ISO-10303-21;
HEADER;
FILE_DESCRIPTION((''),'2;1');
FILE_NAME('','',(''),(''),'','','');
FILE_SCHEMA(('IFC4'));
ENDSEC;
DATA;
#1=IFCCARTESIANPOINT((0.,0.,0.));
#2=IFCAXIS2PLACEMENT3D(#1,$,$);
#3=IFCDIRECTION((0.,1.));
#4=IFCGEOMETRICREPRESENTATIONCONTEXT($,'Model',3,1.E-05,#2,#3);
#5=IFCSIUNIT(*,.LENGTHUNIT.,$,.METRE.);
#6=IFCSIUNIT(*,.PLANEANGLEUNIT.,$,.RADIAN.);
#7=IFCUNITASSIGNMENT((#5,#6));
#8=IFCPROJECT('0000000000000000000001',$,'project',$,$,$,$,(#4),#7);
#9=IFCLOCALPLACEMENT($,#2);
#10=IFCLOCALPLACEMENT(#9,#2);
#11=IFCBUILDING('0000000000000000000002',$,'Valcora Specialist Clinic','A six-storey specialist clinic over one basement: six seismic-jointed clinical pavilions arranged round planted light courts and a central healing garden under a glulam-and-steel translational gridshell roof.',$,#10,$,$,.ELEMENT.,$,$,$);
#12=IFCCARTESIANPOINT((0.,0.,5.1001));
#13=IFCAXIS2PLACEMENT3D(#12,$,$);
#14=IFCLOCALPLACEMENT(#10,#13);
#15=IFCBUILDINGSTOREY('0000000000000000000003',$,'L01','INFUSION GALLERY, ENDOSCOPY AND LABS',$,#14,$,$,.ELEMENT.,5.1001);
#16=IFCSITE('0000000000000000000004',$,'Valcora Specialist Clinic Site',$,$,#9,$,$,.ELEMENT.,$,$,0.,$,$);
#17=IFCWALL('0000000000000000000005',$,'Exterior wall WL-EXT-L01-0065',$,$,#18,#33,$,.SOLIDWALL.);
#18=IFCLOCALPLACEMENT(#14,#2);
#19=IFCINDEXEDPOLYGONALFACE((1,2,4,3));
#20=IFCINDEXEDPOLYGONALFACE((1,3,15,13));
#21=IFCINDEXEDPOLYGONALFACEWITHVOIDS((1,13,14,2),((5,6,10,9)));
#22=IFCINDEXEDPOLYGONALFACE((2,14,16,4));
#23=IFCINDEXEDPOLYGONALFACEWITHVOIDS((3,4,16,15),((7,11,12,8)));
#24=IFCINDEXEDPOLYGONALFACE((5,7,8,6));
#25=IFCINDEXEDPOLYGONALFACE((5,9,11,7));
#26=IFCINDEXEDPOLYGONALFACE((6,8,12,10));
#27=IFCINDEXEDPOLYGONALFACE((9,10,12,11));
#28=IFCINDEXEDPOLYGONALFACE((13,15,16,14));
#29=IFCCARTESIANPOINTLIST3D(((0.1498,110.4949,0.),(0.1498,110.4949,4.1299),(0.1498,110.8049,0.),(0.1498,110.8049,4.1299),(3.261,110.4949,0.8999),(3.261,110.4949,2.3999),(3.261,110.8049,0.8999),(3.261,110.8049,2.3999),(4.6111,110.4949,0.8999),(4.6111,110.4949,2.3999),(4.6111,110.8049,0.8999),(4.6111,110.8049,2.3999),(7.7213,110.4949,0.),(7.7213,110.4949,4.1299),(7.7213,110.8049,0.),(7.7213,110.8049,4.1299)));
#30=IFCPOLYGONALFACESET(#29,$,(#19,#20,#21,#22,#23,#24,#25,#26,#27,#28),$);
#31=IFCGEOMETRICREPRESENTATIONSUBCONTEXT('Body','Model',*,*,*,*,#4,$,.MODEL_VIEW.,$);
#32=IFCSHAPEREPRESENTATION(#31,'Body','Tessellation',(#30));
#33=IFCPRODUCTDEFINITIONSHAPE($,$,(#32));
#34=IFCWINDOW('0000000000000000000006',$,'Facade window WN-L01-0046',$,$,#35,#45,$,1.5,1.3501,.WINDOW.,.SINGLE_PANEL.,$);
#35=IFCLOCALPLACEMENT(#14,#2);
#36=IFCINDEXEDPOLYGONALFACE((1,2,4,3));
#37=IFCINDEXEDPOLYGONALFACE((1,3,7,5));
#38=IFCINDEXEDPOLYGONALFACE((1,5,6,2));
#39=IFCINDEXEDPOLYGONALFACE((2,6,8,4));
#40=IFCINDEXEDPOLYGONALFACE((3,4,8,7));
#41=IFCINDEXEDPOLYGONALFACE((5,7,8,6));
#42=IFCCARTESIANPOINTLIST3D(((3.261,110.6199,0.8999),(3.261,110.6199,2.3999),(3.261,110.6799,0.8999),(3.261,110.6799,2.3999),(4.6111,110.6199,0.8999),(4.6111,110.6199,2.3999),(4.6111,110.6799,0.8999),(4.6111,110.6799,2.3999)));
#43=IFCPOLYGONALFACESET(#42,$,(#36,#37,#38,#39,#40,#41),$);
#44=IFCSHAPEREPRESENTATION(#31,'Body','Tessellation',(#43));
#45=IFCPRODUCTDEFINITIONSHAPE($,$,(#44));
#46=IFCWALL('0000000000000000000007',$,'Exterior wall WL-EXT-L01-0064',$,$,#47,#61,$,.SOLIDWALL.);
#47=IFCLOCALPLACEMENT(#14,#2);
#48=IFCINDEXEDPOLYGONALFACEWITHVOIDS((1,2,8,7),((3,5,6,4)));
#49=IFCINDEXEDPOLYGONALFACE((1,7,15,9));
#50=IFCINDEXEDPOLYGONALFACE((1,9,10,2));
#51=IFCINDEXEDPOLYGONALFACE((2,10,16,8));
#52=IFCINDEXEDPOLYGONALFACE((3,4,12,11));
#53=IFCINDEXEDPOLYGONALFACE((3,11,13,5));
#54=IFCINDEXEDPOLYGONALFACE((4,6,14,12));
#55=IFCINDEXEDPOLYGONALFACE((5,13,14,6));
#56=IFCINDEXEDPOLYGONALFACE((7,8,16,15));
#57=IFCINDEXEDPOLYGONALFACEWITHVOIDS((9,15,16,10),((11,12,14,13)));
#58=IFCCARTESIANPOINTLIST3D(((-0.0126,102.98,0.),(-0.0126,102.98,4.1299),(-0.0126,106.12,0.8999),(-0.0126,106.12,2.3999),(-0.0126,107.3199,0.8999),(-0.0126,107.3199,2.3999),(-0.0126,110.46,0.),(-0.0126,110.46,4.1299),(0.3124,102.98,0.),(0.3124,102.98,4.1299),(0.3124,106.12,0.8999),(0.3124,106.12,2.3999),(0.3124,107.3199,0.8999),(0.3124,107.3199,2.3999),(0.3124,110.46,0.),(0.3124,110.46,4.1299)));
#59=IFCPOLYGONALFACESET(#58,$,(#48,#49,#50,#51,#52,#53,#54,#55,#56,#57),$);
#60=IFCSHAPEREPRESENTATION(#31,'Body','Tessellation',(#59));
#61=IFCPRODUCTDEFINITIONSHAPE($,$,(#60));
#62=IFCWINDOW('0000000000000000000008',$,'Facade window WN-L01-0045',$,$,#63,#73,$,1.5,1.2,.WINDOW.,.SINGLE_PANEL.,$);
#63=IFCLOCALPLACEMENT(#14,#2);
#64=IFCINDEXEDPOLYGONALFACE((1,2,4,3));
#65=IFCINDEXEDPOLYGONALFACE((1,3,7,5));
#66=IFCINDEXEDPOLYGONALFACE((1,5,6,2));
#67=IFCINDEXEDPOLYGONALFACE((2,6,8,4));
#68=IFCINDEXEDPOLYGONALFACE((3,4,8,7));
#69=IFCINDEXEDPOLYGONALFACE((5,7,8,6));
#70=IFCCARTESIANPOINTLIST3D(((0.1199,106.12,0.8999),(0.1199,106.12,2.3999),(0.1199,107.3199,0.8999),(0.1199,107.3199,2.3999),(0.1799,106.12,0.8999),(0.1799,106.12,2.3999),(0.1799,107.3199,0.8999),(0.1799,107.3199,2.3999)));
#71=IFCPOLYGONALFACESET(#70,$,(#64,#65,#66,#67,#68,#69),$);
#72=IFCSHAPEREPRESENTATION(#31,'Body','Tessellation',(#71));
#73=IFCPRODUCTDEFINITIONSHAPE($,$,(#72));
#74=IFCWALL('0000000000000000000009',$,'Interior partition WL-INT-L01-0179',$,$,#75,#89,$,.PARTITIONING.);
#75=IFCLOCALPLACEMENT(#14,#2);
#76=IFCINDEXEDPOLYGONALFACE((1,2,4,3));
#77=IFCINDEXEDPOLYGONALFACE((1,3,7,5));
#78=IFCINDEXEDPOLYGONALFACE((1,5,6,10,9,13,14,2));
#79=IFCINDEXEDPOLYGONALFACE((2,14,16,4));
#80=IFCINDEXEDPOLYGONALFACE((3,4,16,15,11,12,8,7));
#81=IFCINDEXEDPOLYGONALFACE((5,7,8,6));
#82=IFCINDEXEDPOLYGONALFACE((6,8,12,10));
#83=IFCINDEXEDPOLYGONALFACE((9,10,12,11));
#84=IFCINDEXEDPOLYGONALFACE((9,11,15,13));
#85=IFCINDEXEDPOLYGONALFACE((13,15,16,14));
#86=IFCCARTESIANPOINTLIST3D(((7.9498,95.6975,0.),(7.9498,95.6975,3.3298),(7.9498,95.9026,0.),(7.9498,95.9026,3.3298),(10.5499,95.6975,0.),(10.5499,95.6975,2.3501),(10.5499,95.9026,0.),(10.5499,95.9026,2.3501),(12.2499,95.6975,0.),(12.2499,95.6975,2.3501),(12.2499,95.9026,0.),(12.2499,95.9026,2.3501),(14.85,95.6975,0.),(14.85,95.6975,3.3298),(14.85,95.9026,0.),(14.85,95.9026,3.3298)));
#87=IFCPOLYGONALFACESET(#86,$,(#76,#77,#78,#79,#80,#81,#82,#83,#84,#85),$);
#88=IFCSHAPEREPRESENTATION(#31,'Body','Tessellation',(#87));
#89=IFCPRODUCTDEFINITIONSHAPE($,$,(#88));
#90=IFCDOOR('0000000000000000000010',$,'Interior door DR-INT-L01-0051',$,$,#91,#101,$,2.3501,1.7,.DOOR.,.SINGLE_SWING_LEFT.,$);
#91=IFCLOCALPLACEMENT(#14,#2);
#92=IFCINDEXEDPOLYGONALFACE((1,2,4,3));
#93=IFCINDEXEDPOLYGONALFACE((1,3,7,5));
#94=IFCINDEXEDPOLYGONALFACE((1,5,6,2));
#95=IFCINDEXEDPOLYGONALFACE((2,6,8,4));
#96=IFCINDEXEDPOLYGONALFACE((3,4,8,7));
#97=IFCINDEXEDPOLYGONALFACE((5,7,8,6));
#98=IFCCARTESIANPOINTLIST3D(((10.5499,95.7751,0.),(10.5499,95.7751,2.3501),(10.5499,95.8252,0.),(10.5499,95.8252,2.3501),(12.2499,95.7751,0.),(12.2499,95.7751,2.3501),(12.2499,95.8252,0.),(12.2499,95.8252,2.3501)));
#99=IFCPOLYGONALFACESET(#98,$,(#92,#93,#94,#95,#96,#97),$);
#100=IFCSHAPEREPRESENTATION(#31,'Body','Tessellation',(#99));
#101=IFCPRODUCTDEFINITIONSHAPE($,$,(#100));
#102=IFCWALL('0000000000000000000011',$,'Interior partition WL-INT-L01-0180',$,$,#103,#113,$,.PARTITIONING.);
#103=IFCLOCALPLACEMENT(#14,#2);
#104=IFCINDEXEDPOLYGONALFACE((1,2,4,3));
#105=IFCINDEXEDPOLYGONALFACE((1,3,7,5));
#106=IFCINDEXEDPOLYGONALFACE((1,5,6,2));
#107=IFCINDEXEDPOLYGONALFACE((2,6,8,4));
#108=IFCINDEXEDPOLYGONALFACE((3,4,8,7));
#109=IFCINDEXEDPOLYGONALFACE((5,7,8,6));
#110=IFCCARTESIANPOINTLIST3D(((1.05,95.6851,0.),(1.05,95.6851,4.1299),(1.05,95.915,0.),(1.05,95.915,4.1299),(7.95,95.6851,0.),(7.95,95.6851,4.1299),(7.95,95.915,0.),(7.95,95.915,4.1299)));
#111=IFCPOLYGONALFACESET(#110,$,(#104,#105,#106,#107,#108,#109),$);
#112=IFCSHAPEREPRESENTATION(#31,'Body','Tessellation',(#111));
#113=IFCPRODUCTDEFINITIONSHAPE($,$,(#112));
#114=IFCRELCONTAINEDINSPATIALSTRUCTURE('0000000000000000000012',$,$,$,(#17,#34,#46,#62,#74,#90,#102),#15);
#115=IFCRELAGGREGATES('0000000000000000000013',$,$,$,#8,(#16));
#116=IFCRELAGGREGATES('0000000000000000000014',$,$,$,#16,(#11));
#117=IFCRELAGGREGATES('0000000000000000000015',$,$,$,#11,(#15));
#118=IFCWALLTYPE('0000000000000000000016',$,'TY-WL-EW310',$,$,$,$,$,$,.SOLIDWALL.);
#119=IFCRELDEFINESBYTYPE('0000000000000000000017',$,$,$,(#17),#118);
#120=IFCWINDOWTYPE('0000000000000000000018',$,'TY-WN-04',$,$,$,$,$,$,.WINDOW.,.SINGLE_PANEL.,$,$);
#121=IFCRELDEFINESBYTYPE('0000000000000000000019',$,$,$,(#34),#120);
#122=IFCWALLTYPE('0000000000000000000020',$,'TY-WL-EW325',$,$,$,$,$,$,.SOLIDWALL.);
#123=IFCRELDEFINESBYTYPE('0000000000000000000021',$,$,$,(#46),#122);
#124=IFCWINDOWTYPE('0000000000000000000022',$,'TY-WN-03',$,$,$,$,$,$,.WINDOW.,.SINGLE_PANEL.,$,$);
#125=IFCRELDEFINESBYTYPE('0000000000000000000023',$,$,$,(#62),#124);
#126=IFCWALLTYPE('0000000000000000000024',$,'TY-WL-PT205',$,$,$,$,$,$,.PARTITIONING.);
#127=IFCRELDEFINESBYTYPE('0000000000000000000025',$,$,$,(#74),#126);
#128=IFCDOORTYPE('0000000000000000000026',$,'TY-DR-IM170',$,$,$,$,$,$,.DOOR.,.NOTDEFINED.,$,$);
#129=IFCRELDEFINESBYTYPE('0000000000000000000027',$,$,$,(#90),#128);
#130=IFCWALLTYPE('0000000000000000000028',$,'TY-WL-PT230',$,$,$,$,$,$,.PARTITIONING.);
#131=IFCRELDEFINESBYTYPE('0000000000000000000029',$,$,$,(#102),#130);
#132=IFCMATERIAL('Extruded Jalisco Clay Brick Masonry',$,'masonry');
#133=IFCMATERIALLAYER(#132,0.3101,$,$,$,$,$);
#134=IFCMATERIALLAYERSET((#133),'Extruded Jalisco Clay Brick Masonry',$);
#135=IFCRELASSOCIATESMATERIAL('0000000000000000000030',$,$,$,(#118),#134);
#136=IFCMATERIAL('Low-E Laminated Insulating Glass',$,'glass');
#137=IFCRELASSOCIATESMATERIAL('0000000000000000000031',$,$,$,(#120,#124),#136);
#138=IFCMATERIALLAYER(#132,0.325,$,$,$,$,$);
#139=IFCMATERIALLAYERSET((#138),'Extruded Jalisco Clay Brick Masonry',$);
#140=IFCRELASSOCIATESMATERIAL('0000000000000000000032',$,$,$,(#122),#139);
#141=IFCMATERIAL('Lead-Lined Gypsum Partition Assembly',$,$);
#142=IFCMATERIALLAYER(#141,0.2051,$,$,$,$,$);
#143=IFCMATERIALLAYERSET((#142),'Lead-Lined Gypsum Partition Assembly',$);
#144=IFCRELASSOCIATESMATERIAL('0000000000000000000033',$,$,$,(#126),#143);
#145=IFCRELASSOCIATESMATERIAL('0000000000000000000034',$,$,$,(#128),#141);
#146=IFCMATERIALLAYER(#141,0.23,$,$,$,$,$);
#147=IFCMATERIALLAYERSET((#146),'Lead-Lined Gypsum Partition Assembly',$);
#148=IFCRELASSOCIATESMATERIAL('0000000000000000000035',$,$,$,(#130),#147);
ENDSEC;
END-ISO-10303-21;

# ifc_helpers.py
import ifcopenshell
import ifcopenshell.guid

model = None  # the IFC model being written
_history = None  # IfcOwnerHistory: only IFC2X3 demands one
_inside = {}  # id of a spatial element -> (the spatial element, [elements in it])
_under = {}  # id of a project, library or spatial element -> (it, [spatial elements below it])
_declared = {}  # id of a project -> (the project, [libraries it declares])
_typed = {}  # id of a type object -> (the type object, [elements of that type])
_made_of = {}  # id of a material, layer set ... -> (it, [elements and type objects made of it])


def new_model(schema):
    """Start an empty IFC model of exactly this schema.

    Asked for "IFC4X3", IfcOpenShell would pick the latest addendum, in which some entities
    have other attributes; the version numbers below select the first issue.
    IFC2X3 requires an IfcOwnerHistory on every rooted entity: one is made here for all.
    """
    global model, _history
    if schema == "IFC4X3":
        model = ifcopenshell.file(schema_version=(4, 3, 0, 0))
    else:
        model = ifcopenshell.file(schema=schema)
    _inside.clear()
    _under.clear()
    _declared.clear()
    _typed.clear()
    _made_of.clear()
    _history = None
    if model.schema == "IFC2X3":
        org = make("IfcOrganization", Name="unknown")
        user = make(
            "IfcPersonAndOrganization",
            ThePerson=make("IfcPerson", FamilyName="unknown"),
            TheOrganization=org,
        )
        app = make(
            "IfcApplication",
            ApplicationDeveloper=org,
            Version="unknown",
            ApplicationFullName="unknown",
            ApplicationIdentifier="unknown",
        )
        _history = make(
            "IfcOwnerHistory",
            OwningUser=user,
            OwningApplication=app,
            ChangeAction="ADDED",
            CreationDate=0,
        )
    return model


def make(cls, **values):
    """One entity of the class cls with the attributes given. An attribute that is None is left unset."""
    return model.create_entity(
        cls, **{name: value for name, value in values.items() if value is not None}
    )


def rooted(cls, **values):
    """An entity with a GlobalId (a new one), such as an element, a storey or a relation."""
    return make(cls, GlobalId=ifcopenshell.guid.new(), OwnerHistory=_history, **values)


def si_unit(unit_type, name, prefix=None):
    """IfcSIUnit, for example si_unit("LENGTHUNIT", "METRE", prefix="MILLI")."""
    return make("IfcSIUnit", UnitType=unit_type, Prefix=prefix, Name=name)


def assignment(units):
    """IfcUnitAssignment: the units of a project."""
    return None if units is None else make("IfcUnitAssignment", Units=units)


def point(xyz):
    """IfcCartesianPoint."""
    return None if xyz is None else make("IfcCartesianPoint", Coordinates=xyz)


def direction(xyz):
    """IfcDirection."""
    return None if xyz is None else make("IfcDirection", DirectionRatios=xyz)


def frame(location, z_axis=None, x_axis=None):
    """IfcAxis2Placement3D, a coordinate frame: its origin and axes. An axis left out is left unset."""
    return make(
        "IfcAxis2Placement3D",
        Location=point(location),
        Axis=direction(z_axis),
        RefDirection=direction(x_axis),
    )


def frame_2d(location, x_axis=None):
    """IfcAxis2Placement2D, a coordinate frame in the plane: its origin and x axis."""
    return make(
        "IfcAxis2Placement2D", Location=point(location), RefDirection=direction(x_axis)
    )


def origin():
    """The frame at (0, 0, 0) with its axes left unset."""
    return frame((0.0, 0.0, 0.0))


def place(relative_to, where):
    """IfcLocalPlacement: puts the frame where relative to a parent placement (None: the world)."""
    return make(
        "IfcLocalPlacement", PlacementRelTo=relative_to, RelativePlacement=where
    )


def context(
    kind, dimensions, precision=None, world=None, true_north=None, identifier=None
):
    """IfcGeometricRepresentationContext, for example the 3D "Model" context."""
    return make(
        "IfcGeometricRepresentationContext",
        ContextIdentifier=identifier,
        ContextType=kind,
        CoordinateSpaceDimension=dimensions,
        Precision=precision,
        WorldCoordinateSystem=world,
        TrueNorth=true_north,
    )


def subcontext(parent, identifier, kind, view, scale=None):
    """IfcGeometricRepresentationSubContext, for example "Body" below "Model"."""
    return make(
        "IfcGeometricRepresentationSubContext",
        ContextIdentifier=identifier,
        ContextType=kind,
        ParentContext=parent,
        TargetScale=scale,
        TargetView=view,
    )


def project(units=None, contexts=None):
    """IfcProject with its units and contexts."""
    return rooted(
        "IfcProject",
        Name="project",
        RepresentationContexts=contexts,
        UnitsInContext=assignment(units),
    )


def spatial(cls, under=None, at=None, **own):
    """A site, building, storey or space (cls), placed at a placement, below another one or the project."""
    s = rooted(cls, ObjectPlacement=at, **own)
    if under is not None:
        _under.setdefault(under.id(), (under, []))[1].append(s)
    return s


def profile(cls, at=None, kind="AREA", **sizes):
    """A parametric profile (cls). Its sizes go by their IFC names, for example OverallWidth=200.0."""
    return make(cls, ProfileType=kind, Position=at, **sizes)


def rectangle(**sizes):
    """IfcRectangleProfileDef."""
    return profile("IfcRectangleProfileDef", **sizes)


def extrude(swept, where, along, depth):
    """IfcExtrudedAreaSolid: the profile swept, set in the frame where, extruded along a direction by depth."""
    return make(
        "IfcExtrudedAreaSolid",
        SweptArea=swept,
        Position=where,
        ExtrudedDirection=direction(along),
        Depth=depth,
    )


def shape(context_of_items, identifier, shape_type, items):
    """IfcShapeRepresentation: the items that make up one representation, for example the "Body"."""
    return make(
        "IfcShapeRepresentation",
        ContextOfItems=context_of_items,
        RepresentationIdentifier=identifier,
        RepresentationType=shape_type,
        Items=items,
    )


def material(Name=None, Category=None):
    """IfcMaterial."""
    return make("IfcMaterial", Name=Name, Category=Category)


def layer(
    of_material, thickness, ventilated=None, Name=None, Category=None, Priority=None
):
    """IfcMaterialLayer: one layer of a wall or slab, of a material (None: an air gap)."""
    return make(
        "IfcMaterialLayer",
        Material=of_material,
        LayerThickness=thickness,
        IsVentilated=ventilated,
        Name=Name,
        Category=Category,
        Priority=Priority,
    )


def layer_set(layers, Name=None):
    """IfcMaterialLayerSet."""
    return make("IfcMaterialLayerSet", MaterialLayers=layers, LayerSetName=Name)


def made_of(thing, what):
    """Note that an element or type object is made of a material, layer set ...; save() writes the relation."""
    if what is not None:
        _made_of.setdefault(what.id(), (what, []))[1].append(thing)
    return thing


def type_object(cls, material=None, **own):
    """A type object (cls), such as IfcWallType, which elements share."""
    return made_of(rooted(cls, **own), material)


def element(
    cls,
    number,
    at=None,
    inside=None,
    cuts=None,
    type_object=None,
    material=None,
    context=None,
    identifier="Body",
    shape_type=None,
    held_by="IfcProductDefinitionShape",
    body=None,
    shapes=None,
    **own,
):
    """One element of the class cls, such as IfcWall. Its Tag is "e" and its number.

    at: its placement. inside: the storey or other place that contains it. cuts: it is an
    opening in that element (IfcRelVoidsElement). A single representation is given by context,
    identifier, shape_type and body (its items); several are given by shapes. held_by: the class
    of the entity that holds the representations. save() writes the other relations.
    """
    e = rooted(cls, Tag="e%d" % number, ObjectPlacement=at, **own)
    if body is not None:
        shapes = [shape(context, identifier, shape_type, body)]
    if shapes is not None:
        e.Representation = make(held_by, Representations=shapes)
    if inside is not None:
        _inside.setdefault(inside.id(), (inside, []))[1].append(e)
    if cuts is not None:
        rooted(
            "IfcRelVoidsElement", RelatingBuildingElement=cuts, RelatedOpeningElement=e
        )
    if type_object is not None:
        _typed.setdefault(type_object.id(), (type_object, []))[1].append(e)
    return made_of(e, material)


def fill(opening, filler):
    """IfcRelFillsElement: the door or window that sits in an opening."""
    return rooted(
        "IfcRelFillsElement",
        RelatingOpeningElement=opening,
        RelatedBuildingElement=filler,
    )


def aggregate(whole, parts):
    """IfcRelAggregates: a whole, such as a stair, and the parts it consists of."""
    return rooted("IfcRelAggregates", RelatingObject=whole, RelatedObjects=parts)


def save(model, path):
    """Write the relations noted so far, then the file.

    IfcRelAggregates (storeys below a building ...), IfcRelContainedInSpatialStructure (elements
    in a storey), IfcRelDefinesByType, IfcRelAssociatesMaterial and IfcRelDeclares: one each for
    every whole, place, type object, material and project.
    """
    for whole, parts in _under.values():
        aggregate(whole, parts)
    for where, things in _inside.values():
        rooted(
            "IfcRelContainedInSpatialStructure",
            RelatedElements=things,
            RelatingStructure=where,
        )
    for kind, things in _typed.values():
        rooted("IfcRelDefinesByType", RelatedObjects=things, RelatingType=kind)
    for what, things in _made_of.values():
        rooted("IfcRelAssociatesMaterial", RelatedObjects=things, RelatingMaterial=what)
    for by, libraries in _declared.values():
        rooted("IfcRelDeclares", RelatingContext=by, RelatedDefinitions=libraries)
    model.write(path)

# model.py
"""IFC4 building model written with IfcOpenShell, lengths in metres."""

from ifc_helpers import new_model, si_unit, direction, frame, frame_2d, origin, place, context, subcontext, project, spatial, rectangle, extrude, material, layer, layer_set, type_object, element, fill, save


model = new_model("IFC4")

# Units and contexts
model_context = context("Model", 3, precision=1e-05, world=origin(), true_north=direction((0.0, 1.0)))
body_context = subcontext(model_context, "Body", "Model", "MODEL_VIEW")
ifc_project = project(units=[si_unit("LENGTHUNIT", "METRE"), si_unit("PLANEANGLEUNIT", "RADIAN")], contexts=[model_context])

# Site, building, storey
site_placement = place(None, origin())
site = spatial("IfcSite", under=ifc_project, at=site_placement, Name="Valcora Specialist Clinic Site", CompositionType="ELEMENT", RefElevation=0.0)
building_placement = place(site_placement, origin())
building = spatial("IfcBuilding", under=site, at=building_placement, Name="Valcora Specialist Clinic", Description="A six-storey specialist clinic over one basement: six seismic-jointed clinical pavilions arranged round planted light courts and a central healing garden under a glulam-and-steel translational gridshell roof.", CompositionType="ELEMENT")
storey_placement = place(building_placement, frame((0.0, 0.0, 5.1001)))
storey = spatial("IfcBuildingStorey", under=building, at=storey_placement, Name="L01", Description="INFUSION GALLERY, ENDOSCOPY AND LABS", CompositionType="ELEMENT", Elevation=5.1001)

# Walls, openings, windows
ifc_material_1 = material(Name="Extruded Jalisco Clay Brick Masonry", Category="masonry")
ifc_material_2 = material(Name="Low-E Laminated Insulating Glass", Category="glass")
ifc_layer_1 = layer(ifc_material_1, 0.3101)
ifc_layer_set_1 = layer_set([ifc_layer_1], Name="Extruded Jalisco Clay Brick Masonry")
wall_type_1 = type_object("IfcWallType", Name="TY-WL-EW310", PredefinedType="SOLIDWALL", material=ifc_layer_set_1)
wall_1_placement = place(storey_placement, frame((0.1499, 110.6499, 0.0), z_axis=(0.0, 0.0, 1.0), x_axis=(1.0, 0.0, 0.0)))
wall_1 = element("IfcWall", 1, at=wall_1_placement, inside=storey, type_object=wall_type_1, Name="Exterior wall WL-EXT-L01-0065", PredefinedType="SOLIDWALL", context=body_context, shape_type="SweptSolid", body=[
    extrude(rectangle(XDim=7.5715, YDim=0.3101, at=frame_2d((3.7856, 0.0))), origin(), (0.0, 0.0, 1.0), 4.1299),
])
opening_1_placement = place(wall_1_placement, frame((3.1111, 0.0, 0.8999)))
opening_1 = element("IfcOpeningElement", 2, at=opening_1_placement, cuts=wall_1, PredefinedType="OPENING", context=body_context, shape_type="SweptSolid", body=[
    extrude(rectangle(XDim=1.3501, YDim=1.5, at=frame_2d((0.675, 0.75))), frame((0.0, 0.165, 0.0), z_axis=(0.0, -1.0, 0.0), x_axis=(1.0, 0.0, 0.0)), (0.0, 0.0, 1.0), 0.3301),
])
window_type_1 = type_object("IfcWindowType", Name="TY-WN-04", PartitioningType="SINGLE_PANEL", PredefinedType="WINDOW", material=ifc_material_2)
window_1_placement = place(opening_1_placement, origin())
window_1 = element("IfcWindow", 3, at=window_1_placement, inside=storey, type_object=window_type_1, Name="Facade window WN-L01-0046", OverallHeight=1.5, OverallWidth=1.3501, PartitioningType="SINGLE_PANEL", PredefinedType="WINDOW", context=body_context, shape_type="SweptSolid", body=[
    extrude(rectangle(XDim=1.3501, YDim=1.5, at=frame_2d((0.675, 0.75))), frame((0.0, 0.03, 0.0), z_axis=(0.0, -1.0, 0.0), x_axis=(1.0, 0.0, 0.0)), (0.0, 0.0, 1.0), 0.0601),
])
fill(opening_1, window_1)
ifc_layer_2 = layer(ifc_material_1, 0.325)
ifc_layer_set_2 = layer_set([ifc_layer_2], Name="Extruded Jalisco Clay Brick Masonry")
wall_type_2 = type_object("IfcWallType", Name="TY-WL-EW325", PredefinedType="SOLIDWALL", material=ifc_layer_set_2)
wall_2_placement = place(storey_placement, frame((0.1499, 102.98, 0.0), z_axis=(0.0, 0.0, 1.0), x_axis=(0.0, 1.0, 0.0)))
wall_2 = element("IfcWall", 4, at=wall_2_placement, inside=storey, type_object=wall_type_2, Name="Exterior wall WL-EXT-L01-0064", PredefinedType="SOLIDWALL", context=body_context, shape_type="SweptSolid", body=[
    extrude(rectangle(XDim=7.48, YDim=0.325, at=frame_2d((3.74, 0.0))), origin(), (0.0, 0.0, 1.0), 4.1299),
])
opening_2_placement = place(wall_2_placement, frame((3.1399, 0.0, 0.8999)))
opening_2 = element("IfcOpeningElement", 5, at=opening_2_placement, cuts=wall_2, PredefinedType="OPENING", context=body_context, shape_type="SweptSolid", body=[
    extrude(rectangle(XDim=1.2, YDim=1.5, at=frame_2d((0.6001, 0.75))), frame((0.0, 0.1724, 0.0), z_axis=(0.0, -1.0, 0.0), x_axis=(1.0, 0.0, 0.0)), (0.0, 0.0, 1.0), 0.345),
])
window_type_2 = type_object("IfcWindowType", Name="TY-WN-03", PartitioningType="SINGLE_PANEL", PredefinedType="WINDOW", material=ifc_material_2)
window_2_placement = place(opening_2_placement, origin())
window_2 = element("IfcWindow", 6, at=window_2_placement, inside=storey, type_object=window_type_2, Name="Facade window WN-L01-0045", OverallHeight=1.5, OverallWidth=1.2, PartitioningType="SINGLE_PANEL", PredefinedType="WINDOW", context=body_context, shape_type="SweptSolid", body=[
    extrude(rectangle(XDim=1.2, YDim=1.5, at=frame_2d((0.6001, 0.75))), frame((0.0, 0.03, 0.0), z_axis=(0.0, -1.0, 0.0), x_axis=(1.0, 0.0, 0.0)), (0.0, 0.0, 1.0), 0.0601),
])
fill(opening_2, window_2)

# Wall, opening, door
ifc_material_3 = material(Name="Lead-Lined Gypsum Partition Assembly")
ifc_layer_3 = layer(ifc_material_3, 0.2051)
ifc_layer_set_3 = layer_set([ifc_layer_3], Name="Lead-Lined Gypsum Partition Assembly")
wall_type_3 = type_object("IfcWallType", Name="TY-WL-PT205", PredefinedType="PARTITIONING", material=ifc_layer_set_3)
wall_3_placement = place(storey_placement, frame((14.8501, 95.8, 0.0), z_axis=(0.0, 0.0, 1.0), x_axis=(-1.0, 0.0, 0.0)))
wall_3 = element("IfcWall", 7, at=wall_3_placement, inside=storey, type_object=wall_type_3, Name="Interior partition WL-INT-L01-0179", PredefinedType="PARTITIONING", context=body_context, shape_type="SweptSolid", body=[
    extrude(rectangle(XDim=6.9001, YDim=0.2051, at=frame_2d((3.4502, 0.0))), origin(), (0.0, 0.0, 1.0), 3.3298),
])
opening_3_placement = place(wall_3_placement, frame((2.6001, 0.0, 0.0)))
opening_3 = element("IfcOpeningElement", 8, at=opening_3_placement, cuts=wall_3, PredefinedType="OPENING", context=body_context, shape_type="SweptSolid", body=[
    extrude(rectangle(XDim=1.7, YDim=2.3501, at=frame_2d((0.8501, 1.175))), frame((0.0, 0.1125, 0.0), z_axis=(0.0, -1.0, 0.0), x_axis=(1.0, 0.0, 0.0)), (0.0, 0.0, 1.0), 0.2251),
])
door_type = type_object("IfcDoorType", Name="TY-DR-IM170", OperationType="NOTDEFINED", PredefinedType="DOOR", material=ifc_material_3)
door_placement = place(opening_3_placement, origin())
door = element("IfcDoor", 9, at=door_placement, inside=storey, type_object=door_type, Name="Interior door DR-INT-L01-0051", OperationType="SINGLE_SWING_LEFT", OverallHeight=2.3501, OverallWidth=1.7, PredefinedType="DOOR", context=body_context, shape_type="SweptSolid", body=[
    extrude(rectangle(XDim=1.7, YDim=2.3501, at=frame_2d((0.8501, 1.175))), frame((0.0, 0.0249, 0.0), z_axis=(0.0, -1.0, 0.0), x_axis=(1.0, 0.0, 0.0)), (0.0, 0.0, 1.0), 0.05),
])
fill(opening_3, door)

# Wall
ifc_layer_4 = layer(ifc_material_3, 0.23)
ifc_layer_set_4 = layer_set([ifc_layer_4], Name="Lead-Lined Gypsum Partition Assembly")
wall_type_4 = type_object("IfcWallType", Name="TY-WL-PT230", PredefinedType="PARTITIONING", material=ifc_layer_set_4)
wall_4_placement = place(storey_placement, frame((7.95, 95.8, 0.0), z_axis=(0.0, 0.0, 1.0), x_axis=(-1.0, 0.0, 0.0)))
element("IfcWall", 10, at=wall_4_placement, inside=storey, type_object=wall_type_4, Name="Interior partition WL-INT-L01-0180", PredefinedType="PARTITIONING", context=body_context, shape_type="SweptSolid", body=[
    extrude(rectangle(XDim=6.8999, YDim=0.23, at=frame_2d((3.45, 0.0))), origin(), (0.0, 0.0, 1.0), 4.1299),
])

save(model, "model.ifc")
